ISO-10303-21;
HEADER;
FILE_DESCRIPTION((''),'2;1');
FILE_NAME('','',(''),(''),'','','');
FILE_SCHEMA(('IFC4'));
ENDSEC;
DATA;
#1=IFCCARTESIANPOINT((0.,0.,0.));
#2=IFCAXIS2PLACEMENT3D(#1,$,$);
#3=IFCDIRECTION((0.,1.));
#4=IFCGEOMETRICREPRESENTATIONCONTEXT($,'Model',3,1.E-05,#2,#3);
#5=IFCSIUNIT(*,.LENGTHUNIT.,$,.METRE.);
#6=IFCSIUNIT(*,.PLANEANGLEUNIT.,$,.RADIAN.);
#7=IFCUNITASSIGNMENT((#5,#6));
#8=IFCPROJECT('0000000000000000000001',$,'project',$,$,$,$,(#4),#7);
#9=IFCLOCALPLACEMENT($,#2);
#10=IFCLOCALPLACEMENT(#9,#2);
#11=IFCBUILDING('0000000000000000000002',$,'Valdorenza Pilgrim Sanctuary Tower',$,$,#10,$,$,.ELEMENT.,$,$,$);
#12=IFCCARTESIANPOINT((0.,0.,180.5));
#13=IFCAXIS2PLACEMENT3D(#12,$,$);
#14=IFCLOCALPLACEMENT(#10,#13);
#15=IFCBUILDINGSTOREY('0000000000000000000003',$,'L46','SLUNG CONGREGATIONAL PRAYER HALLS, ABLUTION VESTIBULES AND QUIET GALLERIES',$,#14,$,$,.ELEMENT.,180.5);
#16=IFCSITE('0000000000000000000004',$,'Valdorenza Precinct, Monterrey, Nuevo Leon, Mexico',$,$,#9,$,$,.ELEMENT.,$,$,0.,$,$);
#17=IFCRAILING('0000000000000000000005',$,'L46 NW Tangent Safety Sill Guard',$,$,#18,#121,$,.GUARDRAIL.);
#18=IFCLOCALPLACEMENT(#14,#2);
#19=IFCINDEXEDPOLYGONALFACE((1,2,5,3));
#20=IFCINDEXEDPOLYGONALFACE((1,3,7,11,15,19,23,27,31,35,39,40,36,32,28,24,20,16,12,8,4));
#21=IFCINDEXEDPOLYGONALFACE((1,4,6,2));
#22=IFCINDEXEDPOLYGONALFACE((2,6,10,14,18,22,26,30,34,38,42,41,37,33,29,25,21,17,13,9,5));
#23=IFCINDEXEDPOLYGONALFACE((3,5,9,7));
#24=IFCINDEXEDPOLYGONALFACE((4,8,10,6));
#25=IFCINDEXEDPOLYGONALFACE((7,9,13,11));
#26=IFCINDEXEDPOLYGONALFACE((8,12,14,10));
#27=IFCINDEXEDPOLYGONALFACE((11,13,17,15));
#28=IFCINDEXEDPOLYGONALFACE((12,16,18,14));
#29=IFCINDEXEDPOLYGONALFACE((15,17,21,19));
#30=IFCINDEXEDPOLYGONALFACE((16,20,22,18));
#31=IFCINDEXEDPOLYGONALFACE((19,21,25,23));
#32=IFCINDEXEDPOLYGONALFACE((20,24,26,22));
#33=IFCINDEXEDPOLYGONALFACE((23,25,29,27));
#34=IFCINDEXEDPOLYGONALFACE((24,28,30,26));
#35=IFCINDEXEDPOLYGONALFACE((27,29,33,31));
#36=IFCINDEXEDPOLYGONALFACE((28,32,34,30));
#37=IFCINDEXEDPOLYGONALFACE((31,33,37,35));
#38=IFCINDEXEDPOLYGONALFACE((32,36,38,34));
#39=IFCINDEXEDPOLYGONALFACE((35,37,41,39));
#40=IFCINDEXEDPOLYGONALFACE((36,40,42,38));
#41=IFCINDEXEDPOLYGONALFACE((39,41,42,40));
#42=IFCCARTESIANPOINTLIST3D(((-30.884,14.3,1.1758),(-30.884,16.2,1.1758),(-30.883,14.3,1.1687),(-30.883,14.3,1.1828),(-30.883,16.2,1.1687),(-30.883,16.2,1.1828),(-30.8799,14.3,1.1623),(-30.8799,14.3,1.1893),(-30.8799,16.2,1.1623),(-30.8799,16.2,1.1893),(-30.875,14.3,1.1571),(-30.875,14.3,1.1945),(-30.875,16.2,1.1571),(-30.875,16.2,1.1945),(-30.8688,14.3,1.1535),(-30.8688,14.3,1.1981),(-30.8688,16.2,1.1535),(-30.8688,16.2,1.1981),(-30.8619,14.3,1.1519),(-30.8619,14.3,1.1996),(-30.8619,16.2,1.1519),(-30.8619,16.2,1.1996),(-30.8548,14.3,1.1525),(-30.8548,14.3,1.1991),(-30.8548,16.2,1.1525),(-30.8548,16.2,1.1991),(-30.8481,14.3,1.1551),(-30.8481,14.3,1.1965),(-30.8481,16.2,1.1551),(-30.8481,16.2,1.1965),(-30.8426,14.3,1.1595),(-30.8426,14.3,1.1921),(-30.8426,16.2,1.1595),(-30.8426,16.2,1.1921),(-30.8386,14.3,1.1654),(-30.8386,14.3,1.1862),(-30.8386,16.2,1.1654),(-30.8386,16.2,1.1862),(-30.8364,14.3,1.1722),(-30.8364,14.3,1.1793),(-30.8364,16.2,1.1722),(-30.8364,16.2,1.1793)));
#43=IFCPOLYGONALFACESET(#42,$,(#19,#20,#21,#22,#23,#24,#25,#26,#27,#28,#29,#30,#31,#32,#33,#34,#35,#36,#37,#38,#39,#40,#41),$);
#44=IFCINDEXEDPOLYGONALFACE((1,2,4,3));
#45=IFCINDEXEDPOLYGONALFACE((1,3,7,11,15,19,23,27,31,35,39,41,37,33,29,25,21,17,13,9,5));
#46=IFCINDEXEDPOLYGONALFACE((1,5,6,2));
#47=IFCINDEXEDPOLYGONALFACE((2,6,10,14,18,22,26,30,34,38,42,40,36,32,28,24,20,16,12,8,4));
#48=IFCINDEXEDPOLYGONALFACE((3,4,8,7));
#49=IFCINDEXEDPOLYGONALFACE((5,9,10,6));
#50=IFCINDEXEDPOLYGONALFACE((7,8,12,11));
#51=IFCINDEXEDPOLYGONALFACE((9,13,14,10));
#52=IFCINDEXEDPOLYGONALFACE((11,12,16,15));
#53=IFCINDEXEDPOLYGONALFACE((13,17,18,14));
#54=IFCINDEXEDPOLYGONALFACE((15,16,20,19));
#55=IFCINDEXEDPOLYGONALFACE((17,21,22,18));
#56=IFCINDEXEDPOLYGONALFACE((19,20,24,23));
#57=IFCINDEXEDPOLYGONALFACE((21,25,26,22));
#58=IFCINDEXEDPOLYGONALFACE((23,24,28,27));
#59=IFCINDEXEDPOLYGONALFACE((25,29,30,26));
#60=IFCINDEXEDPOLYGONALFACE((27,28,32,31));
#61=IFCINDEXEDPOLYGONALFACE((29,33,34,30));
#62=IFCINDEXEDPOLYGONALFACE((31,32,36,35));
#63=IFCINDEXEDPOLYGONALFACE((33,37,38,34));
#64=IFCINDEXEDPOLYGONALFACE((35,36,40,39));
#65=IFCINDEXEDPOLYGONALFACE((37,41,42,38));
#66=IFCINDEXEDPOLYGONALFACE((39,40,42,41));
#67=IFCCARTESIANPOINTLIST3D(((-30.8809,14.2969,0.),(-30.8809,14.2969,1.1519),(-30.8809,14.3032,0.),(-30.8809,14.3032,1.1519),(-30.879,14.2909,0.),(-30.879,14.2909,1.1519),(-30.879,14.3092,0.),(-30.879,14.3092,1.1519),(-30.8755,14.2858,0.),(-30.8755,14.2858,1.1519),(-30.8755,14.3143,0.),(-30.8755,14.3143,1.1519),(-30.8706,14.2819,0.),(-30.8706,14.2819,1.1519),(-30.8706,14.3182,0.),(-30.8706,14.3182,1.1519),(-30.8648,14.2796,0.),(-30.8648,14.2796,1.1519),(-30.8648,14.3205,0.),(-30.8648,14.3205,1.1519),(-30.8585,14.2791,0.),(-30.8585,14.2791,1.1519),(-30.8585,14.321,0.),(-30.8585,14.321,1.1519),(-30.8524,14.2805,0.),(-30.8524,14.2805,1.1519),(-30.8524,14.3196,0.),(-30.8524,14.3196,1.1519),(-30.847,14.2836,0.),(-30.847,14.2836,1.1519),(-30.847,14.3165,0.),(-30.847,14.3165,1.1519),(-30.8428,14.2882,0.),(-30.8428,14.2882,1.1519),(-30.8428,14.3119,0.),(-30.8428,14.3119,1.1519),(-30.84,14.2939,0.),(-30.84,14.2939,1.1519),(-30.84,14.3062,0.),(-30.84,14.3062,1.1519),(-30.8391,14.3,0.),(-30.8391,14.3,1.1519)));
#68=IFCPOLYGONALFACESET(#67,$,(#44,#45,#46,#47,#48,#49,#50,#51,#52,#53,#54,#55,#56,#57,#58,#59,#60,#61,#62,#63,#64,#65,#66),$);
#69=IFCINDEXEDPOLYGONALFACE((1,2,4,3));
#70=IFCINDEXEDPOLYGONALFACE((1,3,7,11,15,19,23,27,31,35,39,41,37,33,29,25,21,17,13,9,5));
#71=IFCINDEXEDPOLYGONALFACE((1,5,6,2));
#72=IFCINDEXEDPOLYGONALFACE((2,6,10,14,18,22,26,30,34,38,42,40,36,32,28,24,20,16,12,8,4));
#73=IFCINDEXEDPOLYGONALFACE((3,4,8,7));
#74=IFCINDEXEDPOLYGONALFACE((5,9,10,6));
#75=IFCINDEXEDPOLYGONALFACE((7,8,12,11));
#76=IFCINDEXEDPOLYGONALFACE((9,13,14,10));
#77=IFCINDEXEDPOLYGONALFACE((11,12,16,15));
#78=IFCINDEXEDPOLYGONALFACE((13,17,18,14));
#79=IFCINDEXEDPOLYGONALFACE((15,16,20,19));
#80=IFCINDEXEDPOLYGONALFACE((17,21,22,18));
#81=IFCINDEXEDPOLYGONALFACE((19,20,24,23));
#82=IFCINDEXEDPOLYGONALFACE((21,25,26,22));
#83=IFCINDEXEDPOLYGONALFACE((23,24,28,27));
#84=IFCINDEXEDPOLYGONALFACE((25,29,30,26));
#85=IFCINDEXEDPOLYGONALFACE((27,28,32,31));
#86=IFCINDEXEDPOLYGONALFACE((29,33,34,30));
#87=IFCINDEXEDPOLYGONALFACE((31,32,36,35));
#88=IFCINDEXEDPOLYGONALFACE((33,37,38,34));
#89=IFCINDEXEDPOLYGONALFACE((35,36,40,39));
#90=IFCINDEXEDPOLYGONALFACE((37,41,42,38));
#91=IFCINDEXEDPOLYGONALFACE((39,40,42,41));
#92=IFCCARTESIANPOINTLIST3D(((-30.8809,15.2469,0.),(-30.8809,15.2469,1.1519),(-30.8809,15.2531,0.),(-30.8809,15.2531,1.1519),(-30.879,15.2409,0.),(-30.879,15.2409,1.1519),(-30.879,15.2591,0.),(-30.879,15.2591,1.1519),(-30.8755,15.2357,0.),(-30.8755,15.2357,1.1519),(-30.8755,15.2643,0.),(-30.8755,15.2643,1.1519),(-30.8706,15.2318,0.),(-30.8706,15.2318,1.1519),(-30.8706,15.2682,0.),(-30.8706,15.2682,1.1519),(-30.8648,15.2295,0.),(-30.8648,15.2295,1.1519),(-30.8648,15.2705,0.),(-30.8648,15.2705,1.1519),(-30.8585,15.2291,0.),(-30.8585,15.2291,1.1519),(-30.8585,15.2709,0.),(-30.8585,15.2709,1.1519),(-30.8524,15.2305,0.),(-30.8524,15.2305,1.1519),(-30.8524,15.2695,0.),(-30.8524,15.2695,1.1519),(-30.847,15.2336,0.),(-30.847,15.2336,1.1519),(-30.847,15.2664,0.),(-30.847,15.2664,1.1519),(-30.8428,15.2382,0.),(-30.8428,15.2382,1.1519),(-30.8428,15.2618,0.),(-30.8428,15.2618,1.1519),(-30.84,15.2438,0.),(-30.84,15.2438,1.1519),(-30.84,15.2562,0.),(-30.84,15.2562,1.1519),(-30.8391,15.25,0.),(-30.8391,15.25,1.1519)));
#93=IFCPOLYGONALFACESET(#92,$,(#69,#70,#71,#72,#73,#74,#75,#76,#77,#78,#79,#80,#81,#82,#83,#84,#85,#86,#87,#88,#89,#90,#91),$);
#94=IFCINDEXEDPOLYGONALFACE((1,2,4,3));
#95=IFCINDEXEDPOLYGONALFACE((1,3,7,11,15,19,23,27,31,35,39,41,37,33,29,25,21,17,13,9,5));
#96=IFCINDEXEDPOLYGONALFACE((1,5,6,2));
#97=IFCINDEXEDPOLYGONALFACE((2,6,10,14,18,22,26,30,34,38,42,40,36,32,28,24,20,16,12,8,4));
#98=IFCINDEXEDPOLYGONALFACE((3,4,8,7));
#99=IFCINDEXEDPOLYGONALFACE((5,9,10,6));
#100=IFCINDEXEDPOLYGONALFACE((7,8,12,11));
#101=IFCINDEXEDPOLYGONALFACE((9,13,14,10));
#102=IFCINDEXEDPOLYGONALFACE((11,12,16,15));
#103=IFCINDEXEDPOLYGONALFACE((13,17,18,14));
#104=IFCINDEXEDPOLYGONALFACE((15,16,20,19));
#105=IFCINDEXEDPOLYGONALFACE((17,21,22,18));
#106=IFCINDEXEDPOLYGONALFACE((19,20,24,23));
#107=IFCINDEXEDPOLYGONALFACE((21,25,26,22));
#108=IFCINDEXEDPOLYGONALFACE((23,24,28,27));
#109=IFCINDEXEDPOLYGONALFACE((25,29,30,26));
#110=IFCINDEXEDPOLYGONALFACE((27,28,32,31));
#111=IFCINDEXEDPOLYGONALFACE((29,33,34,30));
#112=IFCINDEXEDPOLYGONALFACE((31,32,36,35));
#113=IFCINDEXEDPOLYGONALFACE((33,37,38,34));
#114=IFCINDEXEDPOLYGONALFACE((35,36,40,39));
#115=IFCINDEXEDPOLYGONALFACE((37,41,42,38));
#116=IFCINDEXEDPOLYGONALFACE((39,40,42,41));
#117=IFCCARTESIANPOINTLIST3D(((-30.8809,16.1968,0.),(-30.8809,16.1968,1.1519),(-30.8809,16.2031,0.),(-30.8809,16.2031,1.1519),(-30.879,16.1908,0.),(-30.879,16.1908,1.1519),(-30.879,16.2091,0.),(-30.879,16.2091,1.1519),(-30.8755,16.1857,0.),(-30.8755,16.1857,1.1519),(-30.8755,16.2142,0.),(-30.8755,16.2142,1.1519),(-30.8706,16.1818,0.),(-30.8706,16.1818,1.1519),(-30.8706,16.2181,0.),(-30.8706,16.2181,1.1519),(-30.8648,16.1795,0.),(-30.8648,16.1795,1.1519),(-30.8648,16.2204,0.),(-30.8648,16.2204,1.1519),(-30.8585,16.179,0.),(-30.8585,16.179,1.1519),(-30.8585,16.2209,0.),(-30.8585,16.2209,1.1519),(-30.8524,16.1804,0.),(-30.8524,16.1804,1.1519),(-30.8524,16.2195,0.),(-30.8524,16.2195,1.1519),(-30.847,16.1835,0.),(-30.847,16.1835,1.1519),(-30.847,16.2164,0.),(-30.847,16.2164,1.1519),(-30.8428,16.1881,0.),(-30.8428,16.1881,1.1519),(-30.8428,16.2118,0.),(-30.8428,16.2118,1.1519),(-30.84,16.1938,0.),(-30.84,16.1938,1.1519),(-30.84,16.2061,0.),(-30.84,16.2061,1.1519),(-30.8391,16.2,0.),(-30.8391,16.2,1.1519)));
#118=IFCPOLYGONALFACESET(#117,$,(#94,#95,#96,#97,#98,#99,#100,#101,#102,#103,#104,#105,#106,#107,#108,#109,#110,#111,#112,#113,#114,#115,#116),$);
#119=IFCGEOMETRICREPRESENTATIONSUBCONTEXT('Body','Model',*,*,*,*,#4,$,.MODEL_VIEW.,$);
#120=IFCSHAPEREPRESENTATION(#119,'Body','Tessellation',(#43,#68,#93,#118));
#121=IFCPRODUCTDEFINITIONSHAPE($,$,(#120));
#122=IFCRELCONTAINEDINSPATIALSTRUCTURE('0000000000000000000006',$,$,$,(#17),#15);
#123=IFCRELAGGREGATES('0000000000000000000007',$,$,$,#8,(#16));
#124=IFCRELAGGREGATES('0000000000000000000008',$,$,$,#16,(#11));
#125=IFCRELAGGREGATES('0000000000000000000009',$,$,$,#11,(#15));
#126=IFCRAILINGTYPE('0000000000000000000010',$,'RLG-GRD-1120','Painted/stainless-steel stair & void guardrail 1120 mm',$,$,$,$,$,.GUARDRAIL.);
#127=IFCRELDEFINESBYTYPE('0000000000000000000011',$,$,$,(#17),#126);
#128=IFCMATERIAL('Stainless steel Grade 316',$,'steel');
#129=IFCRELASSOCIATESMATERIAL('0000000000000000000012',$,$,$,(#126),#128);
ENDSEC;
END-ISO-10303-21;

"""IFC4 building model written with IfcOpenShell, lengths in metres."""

from ifc_helpers import new_model, si_unit, direction, frame, origin, origin_2d, place, context, subcontext, project, spatial, circle, extrude, material, type_object, element, save


model = new_model("IFC4")

# Units and contexts
model_context = context("Model", 3, precision=1e-05, world=origin(), true_north=direction((0.0, 1.0)))
body_context = subcontext(model_context, "Body", "Model", "MODEL_VIEW")
ifc_project = project(units=[si_unit("LENGTHUNIT", "METRE"), si_unit("PLANEANGLEUNIT", "RADIAN")], contexts=[model_context])

# Site, building, storey
site_placement = place(None, origin())
site = spatial("IfcSite", under=ifc_project, at=site_placement, Name="Valdorenza Precinct, Monterrey, Nuevo Leon, Mexico", CompositionType="ELEMENT", RefElevation=0.0)
building_placement = place(site_placement, origin())
building = spatial("IfcBuilding", under=site, at=building_placement, Name="Valdorenza Pilgrim Sanctuary Tower", CompositionType="ELEMENT")
storey_placement = place(building_placement, frame((0.0, 0.0, 180.5)))
storey = spatial("IfcBuildingStorey", under=building, at=storey_placement, Name="L46", Description="SLUNG CONGREGATIONAL PRAYER HALLS, ABLUTION VESTIBULES AND QUIET GALLERIES", CompositionType="ELEMENT", Elevation=180.5)

# Railing
ifc_material_1 = material(Name="Stainless steel Grade 316", Category="steel")
railing_type = type_object("IfcRailingType", Name="RLG-GRD-1120", Description="Painted/stainless-steel stair & void guardrail 1120 mm", PredefinedType="GUARDRAIL", material=ifc_material_1)
railing_placement = place(storey_placement, frame((-30.8601, 14.3, 0.0)))
element("IfcRailing", 1, at=railing_placement, inside=storey, type_object=railing_type, Name="L46 NW Tangent Safety Sill Guard", PredefinedType="GUARDRAIL", context=body_context, shape_type="SweptSolid", body=[
    extrude(circle(Radius=0.0239, at=origin_2d()), frame((0.0, 0.0, 1.1758), z_axis=(0.0, 1.0, 0.0), x_axis=(-1.0, 0.0, 0.0)), (0.0, 0.0, 1.0), 1.8999),
    extrude(circle(Radius=0.021, at=origin_2d()), origin(), (0.0, 0.0, 1.0), 1.1519),
    extrude(circle(Radius=0.021, at=origin_2d()), frame((0.0, 0.95, 0.0)), (0.0, 0.0, 1.0), 1.1519),
    extrude(circle(Radius=0.021, at=origin_2d()), frame((0.0, 1.8999, 0.0)), (0.0, 0.0, 1.0), 1.1519),
])

save(model, "model.ifc")
